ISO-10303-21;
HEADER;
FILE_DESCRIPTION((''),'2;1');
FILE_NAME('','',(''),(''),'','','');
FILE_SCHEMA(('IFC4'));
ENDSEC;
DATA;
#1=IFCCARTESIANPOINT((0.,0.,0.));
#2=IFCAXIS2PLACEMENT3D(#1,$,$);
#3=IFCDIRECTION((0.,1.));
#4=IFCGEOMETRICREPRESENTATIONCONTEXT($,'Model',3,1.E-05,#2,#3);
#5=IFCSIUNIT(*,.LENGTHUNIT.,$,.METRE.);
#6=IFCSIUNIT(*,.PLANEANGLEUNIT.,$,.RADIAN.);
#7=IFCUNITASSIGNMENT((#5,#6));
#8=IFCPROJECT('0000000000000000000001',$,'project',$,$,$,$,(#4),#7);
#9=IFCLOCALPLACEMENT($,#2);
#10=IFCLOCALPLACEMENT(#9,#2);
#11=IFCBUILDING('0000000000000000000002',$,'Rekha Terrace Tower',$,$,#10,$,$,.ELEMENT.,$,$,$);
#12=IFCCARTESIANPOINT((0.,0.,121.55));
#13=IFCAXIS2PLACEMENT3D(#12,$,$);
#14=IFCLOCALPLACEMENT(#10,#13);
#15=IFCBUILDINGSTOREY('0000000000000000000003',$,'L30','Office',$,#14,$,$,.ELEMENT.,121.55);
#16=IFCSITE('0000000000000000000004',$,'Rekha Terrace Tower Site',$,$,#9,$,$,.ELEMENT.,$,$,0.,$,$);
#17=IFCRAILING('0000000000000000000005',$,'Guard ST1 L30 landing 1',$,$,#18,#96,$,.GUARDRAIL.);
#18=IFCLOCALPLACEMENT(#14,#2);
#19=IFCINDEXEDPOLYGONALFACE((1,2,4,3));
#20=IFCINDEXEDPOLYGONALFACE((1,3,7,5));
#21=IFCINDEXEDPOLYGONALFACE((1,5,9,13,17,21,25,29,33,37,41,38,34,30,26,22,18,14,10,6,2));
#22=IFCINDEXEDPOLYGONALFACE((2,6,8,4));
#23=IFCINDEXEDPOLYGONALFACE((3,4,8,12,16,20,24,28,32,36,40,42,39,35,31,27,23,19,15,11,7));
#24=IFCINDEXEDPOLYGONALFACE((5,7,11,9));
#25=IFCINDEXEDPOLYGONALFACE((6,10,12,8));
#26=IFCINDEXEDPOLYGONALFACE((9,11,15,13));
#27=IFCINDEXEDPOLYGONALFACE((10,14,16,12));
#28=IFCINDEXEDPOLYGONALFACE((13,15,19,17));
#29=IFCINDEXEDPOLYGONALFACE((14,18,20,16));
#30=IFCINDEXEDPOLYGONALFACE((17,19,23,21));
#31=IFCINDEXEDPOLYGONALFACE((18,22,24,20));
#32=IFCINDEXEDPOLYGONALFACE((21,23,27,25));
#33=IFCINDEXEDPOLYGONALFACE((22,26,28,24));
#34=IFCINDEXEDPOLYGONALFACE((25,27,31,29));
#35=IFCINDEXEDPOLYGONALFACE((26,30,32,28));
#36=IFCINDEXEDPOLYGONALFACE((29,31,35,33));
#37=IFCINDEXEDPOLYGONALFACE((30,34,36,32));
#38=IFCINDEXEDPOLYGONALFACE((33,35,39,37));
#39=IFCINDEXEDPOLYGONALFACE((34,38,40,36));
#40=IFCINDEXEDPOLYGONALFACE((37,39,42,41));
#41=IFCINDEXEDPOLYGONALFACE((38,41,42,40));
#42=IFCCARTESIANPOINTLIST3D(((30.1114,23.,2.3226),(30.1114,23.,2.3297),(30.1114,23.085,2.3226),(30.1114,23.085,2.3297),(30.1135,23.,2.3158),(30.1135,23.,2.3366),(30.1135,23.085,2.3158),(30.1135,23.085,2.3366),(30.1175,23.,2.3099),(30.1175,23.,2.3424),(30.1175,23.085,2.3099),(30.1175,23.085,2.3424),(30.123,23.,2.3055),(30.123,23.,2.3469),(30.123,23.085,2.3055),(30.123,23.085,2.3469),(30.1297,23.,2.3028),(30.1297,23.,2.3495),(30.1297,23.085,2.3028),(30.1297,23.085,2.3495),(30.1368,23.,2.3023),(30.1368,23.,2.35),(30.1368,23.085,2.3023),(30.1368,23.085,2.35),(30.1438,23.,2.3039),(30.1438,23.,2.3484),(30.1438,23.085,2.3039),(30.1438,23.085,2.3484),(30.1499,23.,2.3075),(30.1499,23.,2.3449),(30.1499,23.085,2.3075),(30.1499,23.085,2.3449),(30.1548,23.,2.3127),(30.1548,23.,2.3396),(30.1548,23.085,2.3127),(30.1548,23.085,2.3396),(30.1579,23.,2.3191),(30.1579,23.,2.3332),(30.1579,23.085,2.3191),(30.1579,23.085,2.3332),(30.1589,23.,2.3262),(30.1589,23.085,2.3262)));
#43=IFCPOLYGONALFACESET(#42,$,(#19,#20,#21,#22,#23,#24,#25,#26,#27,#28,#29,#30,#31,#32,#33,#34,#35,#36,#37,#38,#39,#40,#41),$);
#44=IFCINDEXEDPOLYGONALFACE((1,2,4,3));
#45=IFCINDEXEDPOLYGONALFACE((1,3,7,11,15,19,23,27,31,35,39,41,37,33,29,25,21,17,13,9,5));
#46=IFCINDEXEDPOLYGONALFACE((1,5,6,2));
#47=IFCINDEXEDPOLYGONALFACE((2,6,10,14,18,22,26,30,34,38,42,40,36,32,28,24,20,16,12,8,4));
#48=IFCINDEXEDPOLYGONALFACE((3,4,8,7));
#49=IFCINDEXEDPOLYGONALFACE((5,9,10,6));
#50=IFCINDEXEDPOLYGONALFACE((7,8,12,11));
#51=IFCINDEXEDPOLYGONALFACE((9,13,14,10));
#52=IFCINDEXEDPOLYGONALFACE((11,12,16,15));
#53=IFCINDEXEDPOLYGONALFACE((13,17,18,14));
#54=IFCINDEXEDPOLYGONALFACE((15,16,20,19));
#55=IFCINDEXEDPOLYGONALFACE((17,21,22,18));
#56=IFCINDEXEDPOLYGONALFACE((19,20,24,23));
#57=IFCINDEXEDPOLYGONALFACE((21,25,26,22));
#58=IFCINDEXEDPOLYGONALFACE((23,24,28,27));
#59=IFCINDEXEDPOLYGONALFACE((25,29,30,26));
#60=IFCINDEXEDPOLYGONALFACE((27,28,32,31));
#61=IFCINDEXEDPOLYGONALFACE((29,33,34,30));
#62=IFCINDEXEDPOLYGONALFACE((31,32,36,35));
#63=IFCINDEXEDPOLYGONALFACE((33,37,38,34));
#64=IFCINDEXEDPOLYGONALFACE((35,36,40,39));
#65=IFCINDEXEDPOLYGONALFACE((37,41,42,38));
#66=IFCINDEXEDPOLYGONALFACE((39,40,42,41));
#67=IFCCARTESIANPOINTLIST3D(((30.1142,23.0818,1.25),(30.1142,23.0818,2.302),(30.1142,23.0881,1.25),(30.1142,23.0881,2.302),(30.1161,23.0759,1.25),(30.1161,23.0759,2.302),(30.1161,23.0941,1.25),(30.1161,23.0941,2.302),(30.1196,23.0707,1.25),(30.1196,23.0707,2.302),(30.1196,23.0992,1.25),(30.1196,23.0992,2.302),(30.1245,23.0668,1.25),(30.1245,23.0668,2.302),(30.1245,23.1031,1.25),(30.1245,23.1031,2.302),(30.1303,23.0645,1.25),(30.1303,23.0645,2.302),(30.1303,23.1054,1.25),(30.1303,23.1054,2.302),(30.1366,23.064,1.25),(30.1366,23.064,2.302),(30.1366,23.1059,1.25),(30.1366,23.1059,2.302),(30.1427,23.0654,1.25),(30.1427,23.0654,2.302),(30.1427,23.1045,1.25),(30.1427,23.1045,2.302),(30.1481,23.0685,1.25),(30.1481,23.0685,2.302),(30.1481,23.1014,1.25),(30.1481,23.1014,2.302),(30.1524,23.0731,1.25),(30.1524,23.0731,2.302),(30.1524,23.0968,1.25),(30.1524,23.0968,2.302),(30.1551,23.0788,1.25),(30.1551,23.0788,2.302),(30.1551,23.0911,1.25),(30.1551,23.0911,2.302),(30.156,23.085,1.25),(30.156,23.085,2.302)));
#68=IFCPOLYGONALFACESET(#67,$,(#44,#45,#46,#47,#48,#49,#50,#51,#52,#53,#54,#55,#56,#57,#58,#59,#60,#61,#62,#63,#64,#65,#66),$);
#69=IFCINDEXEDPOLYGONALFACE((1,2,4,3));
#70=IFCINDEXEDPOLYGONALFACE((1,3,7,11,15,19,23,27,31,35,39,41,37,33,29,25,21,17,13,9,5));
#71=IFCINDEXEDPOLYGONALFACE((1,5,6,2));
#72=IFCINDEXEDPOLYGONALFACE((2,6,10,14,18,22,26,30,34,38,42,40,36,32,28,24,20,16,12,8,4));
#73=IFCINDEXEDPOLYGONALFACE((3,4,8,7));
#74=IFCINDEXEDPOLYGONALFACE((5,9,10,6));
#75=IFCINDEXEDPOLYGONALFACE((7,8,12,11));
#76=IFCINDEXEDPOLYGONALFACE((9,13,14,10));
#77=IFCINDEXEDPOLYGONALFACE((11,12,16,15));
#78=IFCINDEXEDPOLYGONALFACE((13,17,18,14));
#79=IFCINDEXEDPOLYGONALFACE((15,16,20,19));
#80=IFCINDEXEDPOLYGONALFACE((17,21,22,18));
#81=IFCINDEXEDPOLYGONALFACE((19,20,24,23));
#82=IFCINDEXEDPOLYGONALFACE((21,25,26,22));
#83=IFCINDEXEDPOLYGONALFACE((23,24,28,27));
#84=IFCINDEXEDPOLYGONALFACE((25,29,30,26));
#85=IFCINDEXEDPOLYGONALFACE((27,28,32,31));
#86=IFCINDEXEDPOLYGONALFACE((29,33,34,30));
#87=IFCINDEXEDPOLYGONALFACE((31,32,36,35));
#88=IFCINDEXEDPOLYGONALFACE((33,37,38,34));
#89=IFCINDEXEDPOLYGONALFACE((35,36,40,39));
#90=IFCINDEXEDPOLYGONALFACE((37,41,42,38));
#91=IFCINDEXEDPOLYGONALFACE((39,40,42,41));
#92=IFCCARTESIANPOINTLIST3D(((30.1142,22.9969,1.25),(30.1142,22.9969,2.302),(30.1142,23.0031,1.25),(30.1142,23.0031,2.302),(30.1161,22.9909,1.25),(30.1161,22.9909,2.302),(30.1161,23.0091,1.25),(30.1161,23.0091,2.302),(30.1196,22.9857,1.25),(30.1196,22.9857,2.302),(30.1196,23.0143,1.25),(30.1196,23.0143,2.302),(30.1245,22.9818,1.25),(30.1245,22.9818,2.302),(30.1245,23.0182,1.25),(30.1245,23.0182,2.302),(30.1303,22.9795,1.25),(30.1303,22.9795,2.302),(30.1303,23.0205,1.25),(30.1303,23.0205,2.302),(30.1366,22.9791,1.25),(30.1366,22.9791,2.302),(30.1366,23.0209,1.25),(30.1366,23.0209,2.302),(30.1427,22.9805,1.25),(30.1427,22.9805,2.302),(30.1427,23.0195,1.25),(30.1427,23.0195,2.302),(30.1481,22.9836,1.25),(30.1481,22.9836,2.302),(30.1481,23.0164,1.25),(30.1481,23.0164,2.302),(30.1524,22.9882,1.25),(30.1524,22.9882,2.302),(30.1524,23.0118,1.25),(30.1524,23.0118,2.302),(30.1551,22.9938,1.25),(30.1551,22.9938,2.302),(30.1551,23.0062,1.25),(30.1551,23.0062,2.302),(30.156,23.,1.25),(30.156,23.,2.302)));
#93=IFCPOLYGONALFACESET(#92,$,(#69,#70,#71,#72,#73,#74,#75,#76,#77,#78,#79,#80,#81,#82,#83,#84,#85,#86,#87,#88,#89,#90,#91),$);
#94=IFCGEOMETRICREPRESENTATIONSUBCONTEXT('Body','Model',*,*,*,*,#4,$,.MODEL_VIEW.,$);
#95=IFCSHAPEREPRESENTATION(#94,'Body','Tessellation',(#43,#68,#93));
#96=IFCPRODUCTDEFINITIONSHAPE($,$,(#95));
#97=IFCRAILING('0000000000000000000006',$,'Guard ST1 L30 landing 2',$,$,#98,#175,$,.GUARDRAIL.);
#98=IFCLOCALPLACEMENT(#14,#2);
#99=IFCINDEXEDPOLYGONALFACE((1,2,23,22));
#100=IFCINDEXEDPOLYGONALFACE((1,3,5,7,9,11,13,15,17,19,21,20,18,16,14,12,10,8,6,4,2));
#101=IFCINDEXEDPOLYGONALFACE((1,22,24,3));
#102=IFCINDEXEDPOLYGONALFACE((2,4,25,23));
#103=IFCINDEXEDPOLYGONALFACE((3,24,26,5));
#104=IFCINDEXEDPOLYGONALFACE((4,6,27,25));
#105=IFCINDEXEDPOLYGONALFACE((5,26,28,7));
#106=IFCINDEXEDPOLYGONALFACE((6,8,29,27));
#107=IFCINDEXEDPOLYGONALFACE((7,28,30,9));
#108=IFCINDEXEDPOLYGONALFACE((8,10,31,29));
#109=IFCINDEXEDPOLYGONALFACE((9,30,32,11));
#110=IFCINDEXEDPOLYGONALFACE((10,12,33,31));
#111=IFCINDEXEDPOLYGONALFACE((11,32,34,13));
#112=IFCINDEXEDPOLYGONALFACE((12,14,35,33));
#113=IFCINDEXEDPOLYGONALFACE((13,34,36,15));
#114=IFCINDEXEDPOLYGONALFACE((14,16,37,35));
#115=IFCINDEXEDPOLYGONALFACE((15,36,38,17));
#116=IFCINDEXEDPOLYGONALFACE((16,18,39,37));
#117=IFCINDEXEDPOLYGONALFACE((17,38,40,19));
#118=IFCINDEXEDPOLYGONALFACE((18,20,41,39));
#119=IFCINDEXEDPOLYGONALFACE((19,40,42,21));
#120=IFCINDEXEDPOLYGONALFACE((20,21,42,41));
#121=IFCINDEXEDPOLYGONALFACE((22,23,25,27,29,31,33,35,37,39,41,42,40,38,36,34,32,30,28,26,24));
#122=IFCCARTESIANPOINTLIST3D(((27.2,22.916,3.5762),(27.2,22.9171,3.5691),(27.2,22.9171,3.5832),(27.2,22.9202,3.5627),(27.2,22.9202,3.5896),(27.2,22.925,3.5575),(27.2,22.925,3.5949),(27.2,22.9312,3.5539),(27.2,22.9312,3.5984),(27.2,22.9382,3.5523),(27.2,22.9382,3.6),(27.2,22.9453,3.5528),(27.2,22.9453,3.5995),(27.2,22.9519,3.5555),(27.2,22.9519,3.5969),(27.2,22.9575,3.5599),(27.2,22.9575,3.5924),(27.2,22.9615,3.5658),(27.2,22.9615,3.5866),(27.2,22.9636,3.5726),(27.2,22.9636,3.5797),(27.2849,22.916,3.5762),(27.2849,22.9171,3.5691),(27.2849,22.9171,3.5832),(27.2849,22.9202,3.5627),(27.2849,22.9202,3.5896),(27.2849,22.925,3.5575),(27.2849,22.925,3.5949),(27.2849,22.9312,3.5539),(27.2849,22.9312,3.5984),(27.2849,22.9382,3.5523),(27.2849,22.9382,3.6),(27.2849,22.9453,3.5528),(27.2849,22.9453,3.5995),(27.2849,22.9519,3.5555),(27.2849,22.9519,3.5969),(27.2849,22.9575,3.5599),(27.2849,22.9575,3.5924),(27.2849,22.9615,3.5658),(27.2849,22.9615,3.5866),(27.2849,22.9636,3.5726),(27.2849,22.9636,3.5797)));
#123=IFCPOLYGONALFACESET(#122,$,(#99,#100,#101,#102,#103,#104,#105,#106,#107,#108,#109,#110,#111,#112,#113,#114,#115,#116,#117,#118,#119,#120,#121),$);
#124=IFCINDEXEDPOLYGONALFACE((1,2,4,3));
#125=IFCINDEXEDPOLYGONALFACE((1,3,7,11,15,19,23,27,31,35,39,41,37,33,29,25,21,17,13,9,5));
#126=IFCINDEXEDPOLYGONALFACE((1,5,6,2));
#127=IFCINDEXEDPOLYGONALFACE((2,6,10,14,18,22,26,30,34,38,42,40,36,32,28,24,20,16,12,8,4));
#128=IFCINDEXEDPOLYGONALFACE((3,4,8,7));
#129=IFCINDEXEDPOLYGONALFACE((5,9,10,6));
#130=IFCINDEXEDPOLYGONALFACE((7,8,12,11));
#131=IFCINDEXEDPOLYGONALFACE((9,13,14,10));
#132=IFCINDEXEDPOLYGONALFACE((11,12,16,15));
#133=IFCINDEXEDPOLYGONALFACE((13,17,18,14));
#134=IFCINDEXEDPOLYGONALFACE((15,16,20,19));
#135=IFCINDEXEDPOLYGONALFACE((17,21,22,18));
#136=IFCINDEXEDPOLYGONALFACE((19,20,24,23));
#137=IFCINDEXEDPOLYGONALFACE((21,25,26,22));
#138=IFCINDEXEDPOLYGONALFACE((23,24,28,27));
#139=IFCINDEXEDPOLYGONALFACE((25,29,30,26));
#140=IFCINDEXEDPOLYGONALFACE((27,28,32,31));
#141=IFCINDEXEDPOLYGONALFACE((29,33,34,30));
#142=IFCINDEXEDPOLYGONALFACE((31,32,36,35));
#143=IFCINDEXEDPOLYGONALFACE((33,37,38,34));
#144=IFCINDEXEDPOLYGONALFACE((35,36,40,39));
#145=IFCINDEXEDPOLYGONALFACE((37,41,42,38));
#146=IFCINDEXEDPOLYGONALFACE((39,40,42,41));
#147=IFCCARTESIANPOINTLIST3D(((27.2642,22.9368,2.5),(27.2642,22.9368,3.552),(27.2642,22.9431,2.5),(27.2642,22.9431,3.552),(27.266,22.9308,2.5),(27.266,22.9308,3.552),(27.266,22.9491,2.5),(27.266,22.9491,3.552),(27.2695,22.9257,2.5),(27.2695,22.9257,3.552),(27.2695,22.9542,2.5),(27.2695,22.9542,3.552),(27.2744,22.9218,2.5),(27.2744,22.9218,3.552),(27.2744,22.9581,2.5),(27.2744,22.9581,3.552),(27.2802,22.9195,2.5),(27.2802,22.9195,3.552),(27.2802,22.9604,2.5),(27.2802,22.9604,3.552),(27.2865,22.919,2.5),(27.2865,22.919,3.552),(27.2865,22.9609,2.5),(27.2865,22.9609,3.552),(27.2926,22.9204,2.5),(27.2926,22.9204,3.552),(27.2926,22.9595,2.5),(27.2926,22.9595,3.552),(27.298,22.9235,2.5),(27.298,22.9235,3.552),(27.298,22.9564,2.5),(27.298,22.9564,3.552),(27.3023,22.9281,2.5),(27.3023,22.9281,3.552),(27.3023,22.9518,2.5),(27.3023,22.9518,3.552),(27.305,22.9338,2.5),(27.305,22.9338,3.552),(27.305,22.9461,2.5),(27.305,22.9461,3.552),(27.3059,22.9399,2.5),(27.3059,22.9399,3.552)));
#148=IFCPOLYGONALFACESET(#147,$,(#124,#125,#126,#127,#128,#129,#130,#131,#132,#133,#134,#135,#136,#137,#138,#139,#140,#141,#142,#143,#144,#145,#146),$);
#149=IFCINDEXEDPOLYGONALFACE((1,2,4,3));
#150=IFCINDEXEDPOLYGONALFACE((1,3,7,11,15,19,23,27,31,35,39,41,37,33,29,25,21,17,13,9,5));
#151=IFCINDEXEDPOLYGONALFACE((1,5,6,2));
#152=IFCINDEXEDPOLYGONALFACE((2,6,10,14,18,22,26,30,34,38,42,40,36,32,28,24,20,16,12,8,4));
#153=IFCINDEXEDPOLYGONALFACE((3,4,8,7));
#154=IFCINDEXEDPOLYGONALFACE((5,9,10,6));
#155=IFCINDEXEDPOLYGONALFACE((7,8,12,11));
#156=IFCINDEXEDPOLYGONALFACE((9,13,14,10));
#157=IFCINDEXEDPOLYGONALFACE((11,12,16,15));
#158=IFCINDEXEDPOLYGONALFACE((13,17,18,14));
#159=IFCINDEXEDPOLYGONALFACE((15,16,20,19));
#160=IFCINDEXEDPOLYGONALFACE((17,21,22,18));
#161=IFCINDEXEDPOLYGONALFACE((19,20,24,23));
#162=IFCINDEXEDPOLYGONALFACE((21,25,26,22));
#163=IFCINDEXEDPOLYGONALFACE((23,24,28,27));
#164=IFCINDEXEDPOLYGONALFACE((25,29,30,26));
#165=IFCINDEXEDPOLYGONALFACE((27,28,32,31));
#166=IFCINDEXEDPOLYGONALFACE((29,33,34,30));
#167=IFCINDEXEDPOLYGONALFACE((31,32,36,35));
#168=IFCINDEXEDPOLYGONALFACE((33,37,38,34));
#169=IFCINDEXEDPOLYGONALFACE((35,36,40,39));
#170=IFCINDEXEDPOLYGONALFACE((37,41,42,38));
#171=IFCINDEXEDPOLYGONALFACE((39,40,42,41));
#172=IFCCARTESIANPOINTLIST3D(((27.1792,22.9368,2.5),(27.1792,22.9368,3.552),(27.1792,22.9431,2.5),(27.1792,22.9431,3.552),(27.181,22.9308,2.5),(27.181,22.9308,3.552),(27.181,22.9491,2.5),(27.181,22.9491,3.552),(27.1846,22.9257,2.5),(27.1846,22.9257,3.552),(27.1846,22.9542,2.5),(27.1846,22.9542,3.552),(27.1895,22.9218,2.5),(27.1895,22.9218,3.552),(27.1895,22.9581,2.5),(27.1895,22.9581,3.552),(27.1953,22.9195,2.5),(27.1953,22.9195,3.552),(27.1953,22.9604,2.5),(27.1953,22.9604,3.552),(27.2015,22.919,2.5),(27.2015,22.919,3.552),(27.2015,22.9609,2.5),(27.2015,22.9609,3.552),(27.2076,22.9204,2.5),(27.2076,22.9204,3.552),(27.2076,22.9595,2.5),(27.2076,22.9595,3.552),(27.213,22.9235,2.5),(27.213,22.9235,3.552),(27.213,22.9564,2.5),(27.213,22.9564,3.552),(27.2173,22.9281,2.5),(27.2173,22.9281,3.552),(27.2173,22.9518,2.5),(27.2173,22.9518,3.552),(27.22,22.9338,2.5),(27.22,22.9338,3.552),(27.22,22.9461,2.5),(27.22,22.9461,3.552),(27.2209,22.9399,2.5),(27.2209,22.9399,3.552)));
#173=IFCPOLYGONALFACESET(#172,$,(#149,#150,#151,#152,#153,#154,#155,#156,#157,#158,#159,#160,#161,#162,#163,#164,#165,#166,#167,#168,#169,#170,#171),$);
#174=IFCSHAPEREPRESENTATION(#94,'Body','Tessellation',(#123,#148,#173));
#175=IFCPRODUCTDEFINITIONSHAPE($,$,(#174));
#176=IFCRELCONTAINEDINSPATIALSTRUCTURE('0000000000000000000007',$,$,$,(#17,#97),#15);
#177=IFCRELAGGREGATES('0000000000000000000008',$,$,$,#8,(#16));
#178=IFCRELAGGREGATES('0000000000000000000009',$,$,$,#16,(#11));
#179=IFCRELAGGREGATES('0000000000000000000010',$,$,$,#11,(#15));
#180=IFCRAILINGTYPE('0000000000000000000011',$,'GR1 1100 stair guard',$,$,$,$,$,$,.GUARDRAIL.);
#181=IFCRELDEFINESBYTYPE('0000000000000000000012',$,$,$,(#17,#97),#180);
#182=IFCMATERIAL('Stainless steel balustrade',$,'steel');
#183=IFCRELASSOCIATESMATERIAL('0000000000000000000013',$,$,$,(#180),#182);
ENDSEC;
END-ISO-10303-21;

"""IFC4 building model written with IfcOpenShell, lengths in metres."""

from ifc_helpers import new_model, si_unit, direction, frame, origin, origin_2d, place, context, subcontext, project, spatial, circle, extrude, material, type_object, element, save


model = new_model("IFC4")

# Units and contexts
model_context = context("Model", 3, precision=1e-05, world=origin(), true_north=direction((0.0, 1.0)))
body_context = subcontext(model_context, "Body", "Model", "MODEL_VIEW")
ifc_project = project(units=[si_unit("LENGTHUNIT", "METRE"), si_unit("PLANEANGLEUNIT", "RADIAN")], contexts=[model_context])

# Site, building, storey
site_placement = place(None, origin())
site = spatial("IfcSite", under=ifc_project, at=site_placement, Name="Rekha Terrace Tower Site", CompositionType="ELEMENT", RefElevation=0.0)
building_placement = place(site_placement, origin())
building = spatial("IfcBuilding", under=site, at=building_placement, Name="Rekha Terrace Tower", CompositionType="ELEMENT")
storey_placement = place(building_placement, frame((0.0, 0.0, 121.55)))
storey = spatial("IfcBuildingStorey", under=building, at=storey_placement, Name="L30", Description="Office", CompositionType="ELEMENT", Elevation=121.55)

# Railings
ifc_material_1 = material(Name="Stainless steel balustrade", Category="steel")
railing_type_1 = type_object("IfcRailingType", Name="GR1 1100 stair guard", PredefinedType="GUARDRAIL", material=ifc_material_1)
railing_1_placement = place(storey_placement, frame((30.135, 23.085, 1.25)))
element("IfcRailing", 1, at=railing_1_placement, inside=storey, type_object=railing_type_1, Name="Guard ST1 L30 landing 1", PredefinedType="GUARDRAIL", context=body_context, shape_type="SweptSolid", body=[
    extrude(circle(Radius=0.0239, at=origin_2d()), frame((0.0, 0.0, 1.0762), z_axis=(0.0, -1.0, 0.0), x_axis=(1.0, 0.0, 0.0)), (0.0, 0.0, 1.0), 0.085),
    extrude(circle(Radius=0.021, at=origin_2d()), origin(), (0.0, 0.0, 1.0), 1.052),
    extrude(circle(Radius=0.021, at=origin_2d()), frame((0.0, -0.085, 0.0)), (0.0, 0.0, 1.0), 1.052),
])
railing_2_placement = place(storey_placement, frame((27.2849, 22.9399, 2.5)))
element("IfcRailing", 2, at=railing_2_placement, inside=storey, type_object=railing_type_1, Name="Guard ST1 L30 landing 2", PredefinedType="GUARDRAIL", context=body_context, shape_type="SweptSolid", body=[
    extrude(circle(Radius=0.0239, at=origin_2d()), frame((0.0, 0.0, 1.0762), z_axis=(-1.0, 0.0, 0.0), x_axis=(0.0, -1.0, 0.0)), (0.0, 0.0, 1.0), 0.085),
    extrude(circle(Radius=0.021, at=origin_2d()), origin(), (0.0, 0.0, 1.0), 1.052),
    extrude(circle(Radius=0.021, at=origin_2d()), frame((-0.085, 0.0, 0.0)), (0.0, 0.0, 1.0), 1.052),
])

save(model, "model.ifc")
